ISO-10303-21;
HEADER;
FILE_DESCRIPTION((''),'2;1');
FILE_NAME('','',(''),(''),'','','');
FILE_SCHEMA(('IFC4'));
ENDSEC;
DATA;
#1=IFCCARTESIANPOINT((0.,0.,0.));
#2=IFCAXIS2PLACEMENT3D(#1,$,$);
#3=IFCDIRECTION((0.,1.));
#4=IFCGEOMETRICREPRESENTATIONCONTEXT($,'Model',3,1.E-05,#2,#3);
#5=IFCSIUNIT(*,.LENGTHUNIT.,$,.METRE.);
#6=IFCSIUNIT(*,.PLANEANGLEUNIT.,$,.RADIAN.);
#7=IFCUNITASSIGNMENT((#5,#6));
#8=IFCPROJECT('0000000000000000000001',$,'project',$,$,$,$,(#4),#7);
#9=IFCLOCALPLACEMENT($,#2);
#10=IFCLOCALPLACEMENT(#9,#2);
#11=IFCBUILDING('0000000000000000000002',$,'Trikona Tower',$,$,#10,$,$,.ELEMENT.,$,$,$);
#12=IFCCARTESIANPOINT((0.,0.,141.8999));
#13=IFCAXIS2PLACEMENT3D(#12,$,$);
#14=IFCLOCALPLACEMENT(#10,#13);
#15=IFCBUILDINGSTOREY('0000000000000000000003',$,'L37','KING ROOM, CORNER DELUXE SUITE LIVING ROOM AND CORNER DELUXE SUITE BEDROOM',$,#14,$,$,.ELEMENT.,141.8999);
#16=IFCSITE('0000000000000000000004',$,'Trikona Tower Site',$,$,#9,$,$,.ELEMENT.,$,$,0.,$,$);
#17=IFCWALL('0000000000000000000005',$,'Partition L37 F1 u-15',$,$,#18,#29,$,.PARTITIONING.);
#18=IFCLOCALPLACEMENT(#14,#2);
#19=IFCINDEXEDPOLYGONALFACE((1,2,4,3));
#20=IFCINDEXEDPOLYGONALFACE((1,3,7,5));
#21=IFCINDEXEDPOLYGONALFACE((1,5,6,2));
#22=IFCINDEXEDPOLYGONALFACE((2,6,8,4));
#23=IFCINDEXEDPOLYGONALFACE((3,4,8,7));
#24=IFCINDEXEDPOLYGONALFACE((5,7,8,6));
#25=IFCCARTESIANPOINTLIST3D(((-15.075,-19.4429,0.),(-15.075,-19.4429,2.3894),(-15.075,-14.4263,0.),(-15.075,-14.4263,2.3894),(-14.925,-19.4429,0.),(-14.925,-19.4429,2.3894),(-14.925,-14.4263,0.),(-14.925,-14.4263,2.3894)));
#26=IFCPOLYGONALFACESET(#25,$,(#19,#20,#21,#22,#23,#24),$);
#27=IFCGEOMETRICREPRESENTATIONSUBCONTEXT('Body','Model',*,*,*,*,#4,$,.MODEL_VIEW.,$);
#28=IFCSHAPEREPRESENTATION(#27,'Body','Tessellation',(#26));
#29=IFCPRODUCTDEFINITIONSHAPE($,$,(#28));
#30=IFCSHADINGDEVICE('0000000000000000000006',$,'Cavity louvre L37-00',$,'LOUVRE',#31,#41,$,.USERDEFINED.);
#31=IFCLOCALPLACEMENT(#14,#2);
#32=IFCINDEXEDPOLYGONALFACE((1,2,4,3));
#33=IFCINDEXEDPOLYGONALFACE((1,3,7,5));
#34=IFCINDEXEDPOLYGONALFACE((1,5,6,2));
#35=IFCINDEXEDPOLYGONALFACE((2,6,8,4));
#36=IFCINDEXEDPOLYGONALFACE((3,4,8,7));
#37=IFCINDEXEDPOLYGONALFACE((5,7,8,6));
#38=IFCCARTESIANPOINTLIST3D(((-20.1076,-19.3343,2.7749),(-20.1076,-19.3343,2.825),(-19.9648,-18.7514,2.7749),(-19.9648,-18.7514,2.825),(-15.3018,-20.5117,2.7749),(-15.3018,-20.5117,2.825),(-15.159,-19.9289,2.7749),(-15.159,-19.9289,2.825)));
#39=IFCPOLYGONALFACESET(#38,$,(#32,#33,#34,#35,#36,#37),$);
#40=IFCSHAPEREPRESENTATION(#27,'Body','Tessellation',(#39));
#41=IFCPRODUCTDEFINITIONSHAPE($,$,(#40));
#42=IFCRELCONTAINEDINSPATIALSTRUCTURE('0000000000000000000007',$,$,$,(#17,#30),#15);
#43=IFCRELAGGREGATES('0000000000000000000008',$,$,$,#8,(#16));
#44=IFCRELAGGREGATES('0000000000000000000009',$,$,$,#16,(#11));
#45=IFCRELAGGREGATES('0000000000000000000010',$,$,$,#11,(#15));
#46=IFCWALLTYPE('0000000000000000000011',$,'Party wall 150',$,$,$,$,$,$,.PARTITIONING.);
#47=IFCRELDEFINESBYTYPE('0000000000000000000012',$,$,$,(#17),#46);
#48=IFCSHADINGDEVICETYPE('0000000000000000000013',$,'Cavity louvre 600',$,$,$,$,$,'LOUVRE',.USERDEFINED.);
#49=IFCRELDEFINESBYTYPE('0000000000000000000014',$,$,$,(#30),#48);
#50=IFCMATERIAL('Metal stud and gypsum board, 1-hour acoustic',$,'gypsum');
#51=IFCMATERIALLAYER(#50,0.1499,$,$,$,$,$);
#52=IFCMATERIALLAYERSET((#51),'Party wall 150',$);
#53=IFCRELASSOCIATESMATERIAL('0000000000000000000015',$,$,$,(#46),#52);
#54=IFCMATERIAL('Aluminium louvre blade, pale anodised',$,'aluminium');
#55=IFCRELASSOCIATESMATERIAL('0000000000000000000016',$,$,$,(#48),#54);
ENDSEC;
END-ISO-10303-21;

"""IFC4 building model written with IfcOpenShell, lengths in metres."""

from ifc_helpers import new_model, si_unit, direction, frame, frame_2d, origin, origin_2d, place, context, subcontext, project, spatial, rectangle, extrude, material, layer, layer_set, type_object, element, save


model = new_model("IFC4")

# Units and contexts
model_context = context("Model", 3, precision=1e-05, world=origin(), true_north=direction((0.0, 1.0)))
body_context = subcontext(model_context, "Body", "Model", "MODEL_VIEW")
ifc_project = project(units=[si_unit("LENGTHUNIT", "METRE"), si_unit("PLANEANGLEUNIT", "RADIAN")], contexts=[model_context])

# Site, building, storey
site_placement = place(None, origin())
site = spatial("IfcSite", under=ifc_project, at=site_placement, Name="Trikona Tower Site", CompositionType="ELEMENT", RefElevation=0.0)
building_placement = place(site_placement, origin())
building = spatial("IfcBuilding", under=site, at=building_placement, Name="Trikona Tower", CompositionType="ELEMENT")
storey_placement = place(building_placement, frame((0.0, 0.0, 141.8999)))
storey = spatial("IfcBuildingStorey", under=building, at=storey_placement, Name="L37", Description="KING ROOM, CORNER DELUXE SUITE LIVING ROOM AND CORNER DELUXE SUITE BEDROOM", CompositionType="ELEMENT", Elevation=141.8999)

# Wall
ifc_material_1 = material(Name="Metal stud and gypsum board, 1-hour acoustic", Category="gypsum")
ifc_layer_1 = layer(ifc_material_1, 0.1499)
ifc_layer_set_1 = layer_set([ifc_layer_1], Name="Party wall 150")
wall_type_1 = type_object("IfcWallType", Name="Party wall 150", PredefinedType="PARTITIONING", material=ifc_layer_set_1)
wall_1_placement = place(storey_placement, frame((-15.0, -14.4263, 0.0), z_axis=(0.0, 0.0, 1.0), x_axis=(0.0, -1.0, 0.0)))
element("IfcWall", 1, at=wall_1_placement, inside=storey, type_object=wall_type_1, Name="Partition L37 F1 u-15", PredefinedType="PARTITIONING", context=body_context, shape_type="SweptSolid", body=[
    extrude(rectangle(XDim=5.0166, YDim=0.1499, at=frame_2d((2.5083, 0.0))), origin(), (0.0, 0.0, 1.0), 2.3894),
])

# Shading device
ifc_material_2 = material(Name="Aluminium louvre blade, pale anodised", Category="aluminium")
shading_device_type = type_object("IfcShadingDeviceType", Name="Cavity louvre 600", ElementType="LOUVRE", PredefinedType="USERDEFINED", material=ifc_material_2)
shading_device_placement = place(storey_placement, frame((-17.6333, -19.6316, 2.7749), z_axis=(0.0, 0.0, 1.0), x_axis=(0.971274, -0.237962, 0.0)))
element("IfcShadingDevice", 2, at=shading_device_placement, inside=storey, type_object=shading_device_type, Name="Cavity louvre L37-00", ObjectType="LOUVRE", PredefinedType="USERDEFINED", context=body_context, shape_type="SweptSolid", body=[
    extrude(rectangle(XDim=4.948, YDim=0.6001, at=origin_2d()), origin(), (0.0, 0.0, 1.0), 0.05),
])

save(model, "model.ifc")
